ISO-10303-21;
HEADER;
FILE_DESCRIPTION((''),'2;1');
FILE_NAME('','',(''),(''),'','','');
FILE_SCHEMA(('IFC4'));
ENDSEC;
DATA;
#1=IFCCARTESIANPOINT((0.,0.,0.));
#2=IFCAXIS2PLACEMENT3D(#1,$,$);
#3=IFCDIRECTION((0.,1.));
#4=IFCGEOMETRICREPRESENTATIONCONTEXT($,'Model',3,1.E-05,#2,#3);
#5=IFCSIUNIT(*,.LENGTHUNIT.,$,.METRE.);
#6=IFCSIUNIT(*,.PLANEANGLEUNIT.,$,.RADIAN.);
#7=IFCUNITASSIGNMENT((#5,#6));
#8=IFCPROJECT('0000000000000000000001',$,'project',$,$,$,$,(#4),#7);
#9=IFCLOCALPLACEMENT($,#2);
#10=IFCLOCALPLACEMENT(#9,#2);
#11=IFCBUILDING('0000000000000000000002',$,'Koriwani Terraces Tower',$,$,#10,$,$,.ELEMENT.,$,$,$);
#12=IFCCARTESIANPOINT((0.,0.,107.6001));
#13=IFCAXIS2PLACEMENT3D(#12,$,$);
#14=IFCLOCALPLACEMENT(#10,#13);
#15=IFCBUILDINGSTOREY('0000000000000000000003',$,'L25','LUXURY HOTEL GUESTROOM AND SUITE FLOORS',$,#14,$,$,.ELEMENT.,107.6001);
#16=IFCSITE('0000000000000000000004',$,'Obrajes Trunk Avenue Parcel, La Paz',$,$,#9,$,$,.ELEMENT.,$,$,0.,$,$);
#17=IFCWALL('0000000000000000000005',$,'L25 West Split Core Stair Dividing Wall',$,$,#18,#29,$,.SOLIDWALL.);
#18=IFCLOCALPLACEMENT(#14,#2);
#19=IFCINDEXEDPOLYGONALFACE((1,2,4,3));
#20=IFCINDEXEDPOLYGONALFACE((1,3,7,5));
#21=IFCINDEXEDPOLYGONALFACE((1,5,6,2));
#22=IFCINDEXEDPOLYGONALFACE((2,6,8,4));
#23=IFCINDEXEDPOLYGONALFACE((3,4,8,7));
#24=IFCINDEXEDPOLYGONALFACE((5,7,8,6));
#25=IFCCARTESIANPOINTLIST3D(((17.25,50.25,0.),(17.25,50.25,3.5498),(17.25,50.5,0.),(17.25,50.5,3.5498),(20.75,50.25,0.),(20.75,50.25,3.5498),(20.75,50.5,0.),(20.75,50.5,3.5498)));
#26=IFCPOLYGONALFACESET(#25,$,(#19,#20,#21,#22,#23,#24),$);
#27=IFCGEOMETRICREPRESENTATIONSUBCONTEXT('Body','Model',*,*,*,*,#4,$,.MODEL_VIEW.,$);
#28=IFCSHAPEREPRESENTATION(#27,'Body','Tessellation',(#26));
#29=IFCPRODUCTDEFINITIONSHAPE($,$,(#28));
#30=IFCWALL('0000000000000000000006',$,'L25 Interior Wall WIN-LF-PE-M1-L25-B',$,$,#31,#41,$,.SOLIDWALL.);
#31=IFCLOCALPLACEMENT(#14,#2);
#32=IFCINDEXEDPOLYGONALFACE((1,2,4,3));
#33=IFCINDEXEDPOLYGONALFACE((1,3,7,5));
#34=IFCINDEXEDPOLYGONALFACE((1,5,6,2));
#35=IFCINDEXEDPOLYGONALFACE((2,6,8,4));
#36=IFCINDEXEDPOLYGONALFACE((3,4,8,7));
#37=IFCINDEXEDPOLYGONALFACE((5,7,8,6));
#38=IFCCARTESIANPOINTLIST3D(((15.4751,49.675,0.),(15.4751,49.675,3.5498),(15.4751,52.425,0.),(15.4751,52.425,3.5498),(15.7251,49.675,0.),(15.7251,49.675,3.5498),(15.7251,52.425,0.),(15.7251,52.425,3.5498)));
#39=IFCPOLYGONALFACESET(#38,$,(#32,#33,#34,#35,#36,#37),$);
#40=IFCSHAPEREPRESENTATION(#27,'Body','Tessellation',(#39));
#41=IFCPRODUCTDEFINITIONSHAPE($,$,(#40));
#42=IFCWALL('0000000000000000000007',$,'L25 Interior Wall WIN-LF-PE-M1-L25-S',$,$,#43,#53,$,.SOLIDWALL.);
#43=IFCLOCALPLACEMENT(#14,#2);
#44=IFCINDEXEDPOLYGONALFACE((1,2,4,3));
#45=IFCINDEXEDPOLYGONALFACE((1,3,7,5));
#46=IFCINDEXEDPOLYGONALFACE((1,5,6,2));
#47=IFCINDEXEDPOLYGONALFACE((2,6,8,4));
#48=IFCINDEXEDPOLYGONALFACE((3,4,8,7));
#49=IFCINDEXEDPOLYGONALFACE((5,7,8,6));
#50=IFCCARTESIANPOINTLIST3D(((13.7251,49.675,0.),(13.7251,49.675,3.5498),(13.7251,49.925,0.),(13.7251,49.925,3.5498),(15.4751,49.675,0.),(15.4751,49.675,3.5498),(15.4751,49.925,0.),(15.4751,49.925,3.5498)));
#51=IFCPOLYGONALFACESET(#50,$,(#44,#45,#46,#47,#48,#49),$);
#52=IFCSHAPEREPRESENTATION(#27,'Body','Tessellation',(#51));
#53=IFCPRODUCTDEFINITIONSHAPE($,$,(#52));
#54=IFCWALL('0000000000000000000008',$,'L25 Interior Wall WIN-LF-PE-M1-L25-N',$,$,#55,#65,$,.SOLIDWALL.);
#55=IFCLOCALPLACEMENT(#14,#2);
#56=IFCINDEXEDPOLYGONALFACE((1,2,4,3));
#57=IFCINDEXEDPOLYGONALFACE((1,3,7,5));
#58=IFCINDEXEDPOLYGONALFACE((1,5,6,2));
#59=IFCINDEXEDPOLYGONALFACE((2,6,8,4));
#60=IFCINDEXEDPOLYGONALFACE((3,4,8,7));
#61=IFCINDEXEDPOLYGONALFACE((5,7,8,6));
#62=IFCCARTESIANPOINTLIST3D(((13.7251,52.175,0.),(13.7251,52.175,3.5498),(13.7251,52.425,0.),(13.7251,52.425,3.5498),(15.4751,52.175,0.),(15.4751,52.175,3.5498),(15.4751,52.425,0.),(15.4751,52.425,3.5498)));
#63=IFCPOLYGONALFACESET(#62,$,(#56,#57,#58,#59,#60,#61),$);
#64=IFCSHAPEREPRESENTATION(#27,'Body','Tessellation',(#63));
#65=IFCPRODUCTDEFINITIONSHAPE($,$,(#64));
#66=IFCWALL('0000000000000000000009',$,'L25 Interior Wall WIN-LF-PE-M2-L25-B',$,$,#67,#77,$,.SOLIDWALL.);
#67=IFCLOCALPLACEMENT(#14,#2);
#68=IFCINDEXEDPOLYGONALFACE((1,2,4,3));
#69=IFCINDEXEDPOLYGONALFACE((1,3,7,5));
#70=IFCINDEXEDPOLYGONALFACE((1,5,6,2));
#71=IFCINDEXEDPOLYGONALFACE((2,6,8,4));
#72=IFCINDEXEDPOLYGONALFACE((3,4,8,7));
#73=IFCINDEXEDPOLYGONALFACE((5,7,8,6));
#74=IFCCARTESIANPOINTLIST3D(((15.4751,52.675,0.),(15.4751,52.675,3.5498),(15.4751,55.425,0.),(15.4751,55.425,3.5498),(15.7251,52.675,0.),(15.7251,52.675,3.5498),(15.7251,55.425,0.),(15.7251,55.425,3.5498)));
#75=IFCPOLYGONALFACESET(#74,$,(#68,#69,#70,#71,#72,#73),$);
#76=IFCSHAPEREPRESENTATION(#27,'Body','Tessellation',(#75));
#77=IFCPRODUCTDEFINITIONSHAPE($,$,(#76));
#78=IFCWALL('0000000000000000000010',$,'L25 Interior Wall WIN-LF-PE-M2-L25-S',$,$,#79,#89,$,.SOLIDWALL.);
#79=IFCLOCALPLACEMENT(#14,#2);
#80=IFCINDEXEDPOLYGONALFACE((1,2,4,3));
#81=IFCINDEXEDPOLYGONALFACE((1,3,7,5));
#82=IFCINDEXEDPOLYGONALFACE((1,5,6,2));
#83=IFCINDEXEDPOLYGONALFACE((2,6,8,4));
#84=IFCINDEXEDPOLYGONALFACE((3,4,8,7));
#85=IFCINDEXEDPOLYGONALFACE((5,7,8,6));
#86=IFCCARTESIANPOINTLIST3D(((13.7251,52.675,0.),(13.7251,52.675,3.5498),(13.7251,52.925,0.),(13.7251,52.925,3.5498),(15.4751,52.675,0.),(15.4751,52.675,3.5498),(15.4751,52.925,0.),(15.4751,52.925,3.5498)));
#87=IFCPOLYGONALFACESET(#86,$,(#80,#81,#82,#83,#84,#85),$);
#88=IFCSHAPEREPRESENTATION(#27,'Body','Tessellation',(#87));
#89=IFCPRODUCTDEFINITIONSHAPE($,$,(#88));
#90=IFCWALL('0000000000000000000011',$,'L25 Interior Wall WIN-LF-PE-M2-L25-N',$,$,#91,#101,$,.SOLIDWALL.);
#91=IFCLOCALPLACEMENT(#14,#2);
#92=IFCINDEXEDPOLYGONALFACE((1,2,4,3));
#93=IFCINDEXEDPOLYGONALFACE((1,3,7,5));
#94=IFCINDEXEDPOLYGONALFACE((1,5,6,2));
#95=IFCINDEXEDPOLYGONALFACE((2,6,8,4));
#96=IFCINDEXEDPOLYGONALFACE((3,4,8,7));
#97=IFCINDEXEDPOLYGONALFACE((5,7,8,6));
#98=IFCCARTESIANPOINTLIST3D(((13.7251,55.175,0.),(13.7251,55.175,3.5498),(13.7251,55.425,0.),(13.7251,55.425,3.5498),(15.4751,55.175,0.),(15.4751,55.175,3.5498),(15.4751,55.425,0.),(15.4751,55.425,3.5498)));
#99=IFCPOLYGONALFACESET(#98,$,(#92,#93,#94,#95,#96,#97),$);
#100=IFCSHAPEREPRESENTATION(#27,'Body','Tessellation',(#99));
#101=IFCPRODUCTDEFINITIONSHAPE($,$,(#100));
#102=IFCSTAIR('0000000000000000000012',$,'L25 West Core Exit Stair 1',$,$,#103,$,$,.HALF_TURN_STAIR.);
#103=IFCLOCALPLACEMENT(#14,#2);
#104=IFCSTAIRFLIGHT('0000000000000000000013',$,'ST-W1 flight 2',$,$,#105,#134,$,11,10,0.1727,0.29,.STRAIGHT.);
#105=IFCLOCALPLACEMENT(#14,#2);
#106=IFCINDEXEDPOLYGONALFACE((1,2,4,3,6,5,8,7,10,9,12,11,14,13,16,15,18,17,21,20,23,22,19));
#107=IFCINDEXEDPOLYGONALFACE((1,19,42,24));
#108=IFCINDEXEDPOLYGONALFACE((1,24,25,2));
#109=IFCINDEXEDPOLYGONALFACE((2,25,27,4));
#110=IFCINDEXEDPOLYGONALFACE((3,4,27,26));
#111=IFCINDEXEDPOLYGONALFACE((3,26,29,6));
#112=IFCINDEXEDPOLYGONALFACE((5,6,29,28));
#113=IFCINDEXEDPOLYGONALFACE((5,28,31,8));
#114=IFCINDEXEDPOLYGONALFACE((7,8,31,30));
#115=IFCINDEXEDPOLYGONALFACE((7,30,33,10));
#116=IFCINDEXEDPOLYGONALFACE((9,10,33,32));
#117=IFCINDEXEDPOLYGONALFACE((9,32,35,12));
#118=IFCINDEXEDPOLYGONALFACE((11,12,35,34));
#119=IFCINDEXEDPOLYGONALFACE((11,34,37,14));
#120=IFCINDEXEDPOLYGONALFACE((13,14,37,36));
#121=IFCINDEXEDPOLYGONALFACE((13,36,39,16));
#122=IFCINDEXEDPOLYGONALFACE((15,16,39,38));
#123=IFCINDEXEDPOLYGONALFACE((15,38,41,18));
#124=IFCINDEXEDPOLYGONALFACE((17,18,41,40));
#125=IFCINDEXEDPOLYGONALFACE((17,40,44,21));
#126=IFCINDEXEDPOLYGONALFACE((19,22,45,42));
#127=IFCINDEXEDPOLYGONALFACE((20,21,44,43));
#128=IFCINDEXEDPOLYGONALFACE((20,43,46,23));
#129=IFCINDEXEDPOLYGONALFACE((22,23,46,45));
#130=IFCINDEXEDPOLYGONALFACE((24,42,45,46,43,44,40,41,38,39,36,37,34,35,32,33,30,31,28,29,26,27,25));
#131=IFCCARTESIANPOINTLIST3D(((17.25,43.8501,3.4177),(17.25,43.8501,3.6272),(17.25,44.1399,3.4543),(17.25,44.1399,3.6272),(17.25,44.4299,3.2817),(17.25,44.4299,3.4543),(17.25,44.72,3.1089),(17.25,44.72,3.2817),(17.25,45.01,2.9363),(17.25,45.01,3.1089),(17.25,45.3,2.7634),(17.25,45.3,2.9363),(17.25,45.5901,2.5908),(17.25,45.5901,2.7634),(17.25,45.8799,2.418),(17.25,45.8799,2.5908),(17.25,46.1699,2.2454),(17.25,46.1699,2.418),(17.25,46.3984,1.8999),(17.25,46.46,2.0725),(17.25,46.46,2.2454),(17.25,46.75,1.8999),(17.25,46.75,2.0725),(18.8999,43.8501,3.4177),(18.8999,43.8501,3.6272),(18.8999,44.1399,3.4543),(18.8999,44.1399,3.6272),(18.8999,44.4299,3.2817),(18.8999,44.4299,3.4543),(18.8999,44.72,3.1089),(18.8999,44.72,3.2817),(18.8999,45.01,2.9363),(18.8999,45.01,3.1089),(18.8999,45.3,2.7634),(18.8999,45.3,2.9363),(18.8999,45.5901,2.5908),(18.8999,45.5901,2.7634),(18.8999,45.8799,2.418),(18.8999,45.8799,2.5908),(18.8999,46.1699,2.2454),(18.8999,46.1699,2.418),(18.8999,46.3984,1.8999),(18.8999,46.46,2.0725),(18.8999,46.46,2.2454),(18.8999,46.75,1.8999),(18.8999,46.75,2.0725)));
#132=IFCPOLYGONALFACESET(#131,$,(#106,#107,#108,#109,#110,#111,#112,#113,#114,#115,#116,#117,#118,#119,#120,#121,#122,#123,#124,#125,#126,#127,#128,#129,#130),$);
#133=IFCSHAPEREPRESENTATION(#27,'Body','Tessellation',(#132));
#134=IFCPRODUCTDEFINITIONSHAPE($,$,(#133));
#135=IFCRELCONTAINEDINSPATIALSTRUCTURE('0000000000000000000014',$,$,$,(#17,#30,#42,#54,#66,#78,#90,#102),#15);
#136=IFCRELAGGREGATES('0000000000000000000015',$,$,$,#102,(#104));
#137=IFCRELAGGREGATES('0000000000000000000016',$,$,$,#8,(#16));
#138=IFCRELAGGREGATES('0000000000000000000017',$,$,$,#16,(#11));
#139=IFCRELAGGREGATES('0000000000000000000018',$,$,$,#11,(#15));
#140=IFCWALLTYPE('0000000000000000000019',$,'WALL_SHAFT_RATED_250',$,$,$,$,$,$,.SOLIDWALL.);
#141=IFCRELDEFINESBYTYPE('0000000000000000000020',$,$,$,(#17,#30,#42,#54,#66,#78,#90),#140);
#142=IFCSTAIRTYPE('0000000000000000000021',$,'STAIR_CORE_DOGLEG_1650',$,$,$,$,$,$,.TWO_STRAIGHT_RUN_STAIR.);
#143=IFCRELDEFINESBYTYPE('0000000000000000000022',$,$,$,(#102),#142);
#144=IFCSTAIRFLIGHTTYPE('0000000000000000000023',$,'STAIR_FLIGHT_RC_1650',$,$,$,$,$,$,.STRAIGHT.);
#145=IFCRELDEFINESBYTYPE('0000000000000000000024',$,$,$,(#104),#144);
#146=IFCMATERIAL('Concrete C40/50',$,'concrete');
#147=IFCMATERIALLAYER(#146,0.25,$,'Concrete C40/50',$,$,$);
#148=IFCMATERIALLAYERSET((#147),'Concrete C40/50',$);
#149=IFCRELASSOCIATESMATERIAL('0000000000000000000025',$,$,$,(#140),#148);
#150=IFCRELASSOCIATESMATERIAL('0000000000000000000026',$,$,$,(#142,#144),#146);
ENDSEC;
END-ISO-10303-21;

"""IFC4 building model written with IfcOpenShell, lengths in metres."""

from ifc_helpers import new_model, si_unit, direction, frame, frame_2d, origin, place, context, subcontext, project, spatial, polyline, rectangle, outline, extrude, material, layer, layer_set, type_object, element, aggregate, save


model = new_model("IFC4")

# Units and contexts
model_context = context("Model", 3, precision=1e-05, world=origin(), true_north=direction((0.0, 1.0)))
body_context = subcontext(model_context, "Body", "Model", "MODEL_VIEW")
ifc_project = project(units=[si_unit("LENGTHUNIT", "METRE"), si_unit("PLANEANGLEUNIT", "RADIAN")], contexts=[model_context])

# Site, building, storey
site_placement = place(None, origin())
site = spatial("IfcSite", under=ifc_project, at=site_placement, Name="Obrajes Trunk Avenue Parcel, La Paz", CompositionType="ELEMENT", RefElevation=0.0)
building_placement = place(site_placement, origin())
building = spatial("IfcBuilding", under=site, at=building_placement, Name="Koriwani Terraces Tower", CompositionType="ELEMENT")
storey_placement = place(building_placement, frame((0.0, 0.0, 107.6001)))
storey = spatial("IfcBuildingStorey", under=building, at=storey_placement, Name="L25", Description="LUXURY HOTEL GUESTROOM AND SUITE FLOORS", CompositionType="ELEMENT", Elevation=107.6001)

# Shared definitions
ifc_material_1 = material(Name="Concrete C40/50", Category="concrete")

# Wall
ifc_layer_1 = layer(ifc_material_1, 0.25, Name="Concrete C40/50")
ifc_layer_set_1 = layer_set([ifc_layer_1], Name="Concrete C40/50")
wall_type_1 = type_object("IfcWallType", Name="WALL_SHAFT_RATED_250", PredefinedType="SOLIDWALL", material=ifc_layer_set_1)
wall_1_placement = place(storey_placement, frame((17.25, 50.375, 0.0), z_axis=(0.0, 0.0, 1.0), x_axis=(1.0, 0.0, 0.0)))
element("IfcWall", 1, at=wall_1_placement, inside=storey, type_object=wall_type_1, Name="L25 West Split Core Stair Dividing Wall", PredefinedType="SOLIDWALL", context=body_context, shape_type="SweptSolid", body=[
    extrude(rectangle(XDim=3.5, YDim=0.25, at=frame_2d((1.75, 0.0))), origin(), (0.0, 0.0, 1.0), 3.5498),
])

# Walls
wall_2_placement = place(storey_placement, frame((15.6001, 49.675, 0.0), z_axis=(0.0, 0.0, 1.0), x_axis=(0.0, 1.0, 0.0)))
element("IfcWall", 2, at=wall_2_placement, inside=storey, type_object=wall_type_1, Name="L25 Interior Wall WIN-LF-PE-M1-L25-B", PredefinedType="SOLIDWALL", context=body_context, shape_type="SweptSolid", body=[
    extrude(rectangle(XDim=2.75, YDim=0.25, at=frame_2d((1.375, 0.0))), origin(), (0.0, 0.0, 1.0), 3.5498),
])
for number, where, z_axis, x_axis, name in (
    (3, (13.7251, 49.8, 0.0), (0.0, 0.0, 1.0), (1.0, 0.0, 0.0), "L25 Interior Wall WIN-LF-PE-M1-L25-S"),
    (4, (13.7251, 52.3, 0.0), (0.0, 0.0, 1.0), (1.0, 0.0, 0.0), "L25 Interior Wall WIN-LF-PE-M1-L25-N"),
):
    element("IfcWall", number, at=place(storey_placement, frame(where, z_axis=z_axis, x_axis=x_axis)), inside=storey, type_object=wall_type_1, Name=name, PredefinedType="SOLIDWALL", context=body_context, shape_type="SweptSolid", body=[
        extrude(rectangle(XDim=1.75, YDim=0.25, at=frame_2d((0.875, 0.0))), origin(), (0.0, 0.0, 1.0), 3.5498),
    ])

# Walls
wall_3_placement = place(storey_placement, frame((15.6001, 52.675, 0.0), z_axis=(0.0, 0.0, 1.0), x_axis=(0.0, 1.0, 0.0)))
element("IfcWall", 5, at=wall_3_placement, inside=storey, type_object=wall_type_1, Name="L25 Interior Wall WIN-LF-PE-M2-L25-B", PredefinedType="SOLIDWALL", context=body_context, shape_type="SweptSolid", body=[
    extrude(rectangle(XDim=2.75, YDim=0.25, at=frame_2d((1.375, 0.0))), origin(), (0.0, 0.0, 1.0), 3.5498),
])
for number, where, z_axis, x_axis, name in (
    (6, (13.7251, 52.8, 0.0), (0.0, 0.0, 1.0), (1.0, 0.0, 0.0), "L25 Interior Wall WIN-LF-PE-M2-L25-S"),
    (7, (13.7251, 55.3, 0.0), (0.0, 0.0, 1.0), (1.0, 0.0, 0.0), "L25 Interior Wall WIN-LF-PE-M2-L25-N"),
):
    element("IfcWall", number, at=place(storey_placement, frame(where, z_axis=z_axis, x_axis=x_axis)), inside=storey, type_object=wall_type_1, Name=name, PredefinedType="SOLIDWALL", context=body_context, shape_type="SweptSolid", body=[
        extrude(rectangle(XDim=1.75, YDim=0.25, at=frame_2d((0.875, 0.0))), origin(), (0.0, 0.0, 1.0), 3.5498),
    ])

# Stair, stair flight
stair_type = type_object("IfcStairType", Name="STAIR_CORE_DOGLEG_1650", PredefinedType="TWO_STRAIGHT_RUN_STAIR", material=ifc_material_1)
stair_placement = place(storey_placement, origin())
stair = element("IfcStair", 8, at=stair_placement, inside=storey, type_object=stair_type, Name="L25 West Core Exit Stair 1", PredefinedType="HALF_TURN_STAIR")
stair_flight_type = type_object("IfcStairFlightType", Name="STAIR_FLIGHT_RC_1650", PredefinedType="STRAIGHT", material=ifc_material_1)
stair_flight_placement = place(storey_placement, frame((18.075, 46.75, 1.8999), z_axis=(0.0, 0.0, 1.0), x_axis=(0.0, -1.0, 0.0)))
stair_flight = element("IfcStairFlight", 9, at=stair_flight_placement, type_object=stair_flight_type, Name="ST-W1 flight 2", NumberOfRisers=11, NumberOfTreads=10, PredefinedType="STRAIGHT", RiserHeight=0.1727, TreadLength=0.29, context=body_context, shape_type="SweptSolid", body=[
    extrude(outline(polyline([(0.0, 0.0), (0.0, 0.1726), (0.29, 0.1726), (0.29, 0.3455), (0.5801, 0.3455), (0.5801, 0.5181), (0.8701, 0.5181), (0.8701, 0.6909), (1.1599, 0.6909), (1.1599, 0.8635), (1.45, 0.8635), (1.45, 1.0364), (1.74, 1.0364), (1.74, 1.209), (2.03, 1.209), (2.03, 1.3818), (2.3201, 1.3818), (2.3201, 1.5544), (2.6101, 1.5544), (2.6101, 1.7273), (2.8999, 1.7273), (2.8999, 1.8999), (2.8999, 1.5178), (0.3516, 0.0), (0.0, 0.0)])), frame((0.0, 0.825, 0.0), z_axis=(0.0, -1.0, 0.0), x_axis=(1.0, 0.0, 0.0)), (0.0, 0.0, 1.0), 1.6499),
])
aggregate(stair, [stair_flight])

save(model, "model.ifc")
